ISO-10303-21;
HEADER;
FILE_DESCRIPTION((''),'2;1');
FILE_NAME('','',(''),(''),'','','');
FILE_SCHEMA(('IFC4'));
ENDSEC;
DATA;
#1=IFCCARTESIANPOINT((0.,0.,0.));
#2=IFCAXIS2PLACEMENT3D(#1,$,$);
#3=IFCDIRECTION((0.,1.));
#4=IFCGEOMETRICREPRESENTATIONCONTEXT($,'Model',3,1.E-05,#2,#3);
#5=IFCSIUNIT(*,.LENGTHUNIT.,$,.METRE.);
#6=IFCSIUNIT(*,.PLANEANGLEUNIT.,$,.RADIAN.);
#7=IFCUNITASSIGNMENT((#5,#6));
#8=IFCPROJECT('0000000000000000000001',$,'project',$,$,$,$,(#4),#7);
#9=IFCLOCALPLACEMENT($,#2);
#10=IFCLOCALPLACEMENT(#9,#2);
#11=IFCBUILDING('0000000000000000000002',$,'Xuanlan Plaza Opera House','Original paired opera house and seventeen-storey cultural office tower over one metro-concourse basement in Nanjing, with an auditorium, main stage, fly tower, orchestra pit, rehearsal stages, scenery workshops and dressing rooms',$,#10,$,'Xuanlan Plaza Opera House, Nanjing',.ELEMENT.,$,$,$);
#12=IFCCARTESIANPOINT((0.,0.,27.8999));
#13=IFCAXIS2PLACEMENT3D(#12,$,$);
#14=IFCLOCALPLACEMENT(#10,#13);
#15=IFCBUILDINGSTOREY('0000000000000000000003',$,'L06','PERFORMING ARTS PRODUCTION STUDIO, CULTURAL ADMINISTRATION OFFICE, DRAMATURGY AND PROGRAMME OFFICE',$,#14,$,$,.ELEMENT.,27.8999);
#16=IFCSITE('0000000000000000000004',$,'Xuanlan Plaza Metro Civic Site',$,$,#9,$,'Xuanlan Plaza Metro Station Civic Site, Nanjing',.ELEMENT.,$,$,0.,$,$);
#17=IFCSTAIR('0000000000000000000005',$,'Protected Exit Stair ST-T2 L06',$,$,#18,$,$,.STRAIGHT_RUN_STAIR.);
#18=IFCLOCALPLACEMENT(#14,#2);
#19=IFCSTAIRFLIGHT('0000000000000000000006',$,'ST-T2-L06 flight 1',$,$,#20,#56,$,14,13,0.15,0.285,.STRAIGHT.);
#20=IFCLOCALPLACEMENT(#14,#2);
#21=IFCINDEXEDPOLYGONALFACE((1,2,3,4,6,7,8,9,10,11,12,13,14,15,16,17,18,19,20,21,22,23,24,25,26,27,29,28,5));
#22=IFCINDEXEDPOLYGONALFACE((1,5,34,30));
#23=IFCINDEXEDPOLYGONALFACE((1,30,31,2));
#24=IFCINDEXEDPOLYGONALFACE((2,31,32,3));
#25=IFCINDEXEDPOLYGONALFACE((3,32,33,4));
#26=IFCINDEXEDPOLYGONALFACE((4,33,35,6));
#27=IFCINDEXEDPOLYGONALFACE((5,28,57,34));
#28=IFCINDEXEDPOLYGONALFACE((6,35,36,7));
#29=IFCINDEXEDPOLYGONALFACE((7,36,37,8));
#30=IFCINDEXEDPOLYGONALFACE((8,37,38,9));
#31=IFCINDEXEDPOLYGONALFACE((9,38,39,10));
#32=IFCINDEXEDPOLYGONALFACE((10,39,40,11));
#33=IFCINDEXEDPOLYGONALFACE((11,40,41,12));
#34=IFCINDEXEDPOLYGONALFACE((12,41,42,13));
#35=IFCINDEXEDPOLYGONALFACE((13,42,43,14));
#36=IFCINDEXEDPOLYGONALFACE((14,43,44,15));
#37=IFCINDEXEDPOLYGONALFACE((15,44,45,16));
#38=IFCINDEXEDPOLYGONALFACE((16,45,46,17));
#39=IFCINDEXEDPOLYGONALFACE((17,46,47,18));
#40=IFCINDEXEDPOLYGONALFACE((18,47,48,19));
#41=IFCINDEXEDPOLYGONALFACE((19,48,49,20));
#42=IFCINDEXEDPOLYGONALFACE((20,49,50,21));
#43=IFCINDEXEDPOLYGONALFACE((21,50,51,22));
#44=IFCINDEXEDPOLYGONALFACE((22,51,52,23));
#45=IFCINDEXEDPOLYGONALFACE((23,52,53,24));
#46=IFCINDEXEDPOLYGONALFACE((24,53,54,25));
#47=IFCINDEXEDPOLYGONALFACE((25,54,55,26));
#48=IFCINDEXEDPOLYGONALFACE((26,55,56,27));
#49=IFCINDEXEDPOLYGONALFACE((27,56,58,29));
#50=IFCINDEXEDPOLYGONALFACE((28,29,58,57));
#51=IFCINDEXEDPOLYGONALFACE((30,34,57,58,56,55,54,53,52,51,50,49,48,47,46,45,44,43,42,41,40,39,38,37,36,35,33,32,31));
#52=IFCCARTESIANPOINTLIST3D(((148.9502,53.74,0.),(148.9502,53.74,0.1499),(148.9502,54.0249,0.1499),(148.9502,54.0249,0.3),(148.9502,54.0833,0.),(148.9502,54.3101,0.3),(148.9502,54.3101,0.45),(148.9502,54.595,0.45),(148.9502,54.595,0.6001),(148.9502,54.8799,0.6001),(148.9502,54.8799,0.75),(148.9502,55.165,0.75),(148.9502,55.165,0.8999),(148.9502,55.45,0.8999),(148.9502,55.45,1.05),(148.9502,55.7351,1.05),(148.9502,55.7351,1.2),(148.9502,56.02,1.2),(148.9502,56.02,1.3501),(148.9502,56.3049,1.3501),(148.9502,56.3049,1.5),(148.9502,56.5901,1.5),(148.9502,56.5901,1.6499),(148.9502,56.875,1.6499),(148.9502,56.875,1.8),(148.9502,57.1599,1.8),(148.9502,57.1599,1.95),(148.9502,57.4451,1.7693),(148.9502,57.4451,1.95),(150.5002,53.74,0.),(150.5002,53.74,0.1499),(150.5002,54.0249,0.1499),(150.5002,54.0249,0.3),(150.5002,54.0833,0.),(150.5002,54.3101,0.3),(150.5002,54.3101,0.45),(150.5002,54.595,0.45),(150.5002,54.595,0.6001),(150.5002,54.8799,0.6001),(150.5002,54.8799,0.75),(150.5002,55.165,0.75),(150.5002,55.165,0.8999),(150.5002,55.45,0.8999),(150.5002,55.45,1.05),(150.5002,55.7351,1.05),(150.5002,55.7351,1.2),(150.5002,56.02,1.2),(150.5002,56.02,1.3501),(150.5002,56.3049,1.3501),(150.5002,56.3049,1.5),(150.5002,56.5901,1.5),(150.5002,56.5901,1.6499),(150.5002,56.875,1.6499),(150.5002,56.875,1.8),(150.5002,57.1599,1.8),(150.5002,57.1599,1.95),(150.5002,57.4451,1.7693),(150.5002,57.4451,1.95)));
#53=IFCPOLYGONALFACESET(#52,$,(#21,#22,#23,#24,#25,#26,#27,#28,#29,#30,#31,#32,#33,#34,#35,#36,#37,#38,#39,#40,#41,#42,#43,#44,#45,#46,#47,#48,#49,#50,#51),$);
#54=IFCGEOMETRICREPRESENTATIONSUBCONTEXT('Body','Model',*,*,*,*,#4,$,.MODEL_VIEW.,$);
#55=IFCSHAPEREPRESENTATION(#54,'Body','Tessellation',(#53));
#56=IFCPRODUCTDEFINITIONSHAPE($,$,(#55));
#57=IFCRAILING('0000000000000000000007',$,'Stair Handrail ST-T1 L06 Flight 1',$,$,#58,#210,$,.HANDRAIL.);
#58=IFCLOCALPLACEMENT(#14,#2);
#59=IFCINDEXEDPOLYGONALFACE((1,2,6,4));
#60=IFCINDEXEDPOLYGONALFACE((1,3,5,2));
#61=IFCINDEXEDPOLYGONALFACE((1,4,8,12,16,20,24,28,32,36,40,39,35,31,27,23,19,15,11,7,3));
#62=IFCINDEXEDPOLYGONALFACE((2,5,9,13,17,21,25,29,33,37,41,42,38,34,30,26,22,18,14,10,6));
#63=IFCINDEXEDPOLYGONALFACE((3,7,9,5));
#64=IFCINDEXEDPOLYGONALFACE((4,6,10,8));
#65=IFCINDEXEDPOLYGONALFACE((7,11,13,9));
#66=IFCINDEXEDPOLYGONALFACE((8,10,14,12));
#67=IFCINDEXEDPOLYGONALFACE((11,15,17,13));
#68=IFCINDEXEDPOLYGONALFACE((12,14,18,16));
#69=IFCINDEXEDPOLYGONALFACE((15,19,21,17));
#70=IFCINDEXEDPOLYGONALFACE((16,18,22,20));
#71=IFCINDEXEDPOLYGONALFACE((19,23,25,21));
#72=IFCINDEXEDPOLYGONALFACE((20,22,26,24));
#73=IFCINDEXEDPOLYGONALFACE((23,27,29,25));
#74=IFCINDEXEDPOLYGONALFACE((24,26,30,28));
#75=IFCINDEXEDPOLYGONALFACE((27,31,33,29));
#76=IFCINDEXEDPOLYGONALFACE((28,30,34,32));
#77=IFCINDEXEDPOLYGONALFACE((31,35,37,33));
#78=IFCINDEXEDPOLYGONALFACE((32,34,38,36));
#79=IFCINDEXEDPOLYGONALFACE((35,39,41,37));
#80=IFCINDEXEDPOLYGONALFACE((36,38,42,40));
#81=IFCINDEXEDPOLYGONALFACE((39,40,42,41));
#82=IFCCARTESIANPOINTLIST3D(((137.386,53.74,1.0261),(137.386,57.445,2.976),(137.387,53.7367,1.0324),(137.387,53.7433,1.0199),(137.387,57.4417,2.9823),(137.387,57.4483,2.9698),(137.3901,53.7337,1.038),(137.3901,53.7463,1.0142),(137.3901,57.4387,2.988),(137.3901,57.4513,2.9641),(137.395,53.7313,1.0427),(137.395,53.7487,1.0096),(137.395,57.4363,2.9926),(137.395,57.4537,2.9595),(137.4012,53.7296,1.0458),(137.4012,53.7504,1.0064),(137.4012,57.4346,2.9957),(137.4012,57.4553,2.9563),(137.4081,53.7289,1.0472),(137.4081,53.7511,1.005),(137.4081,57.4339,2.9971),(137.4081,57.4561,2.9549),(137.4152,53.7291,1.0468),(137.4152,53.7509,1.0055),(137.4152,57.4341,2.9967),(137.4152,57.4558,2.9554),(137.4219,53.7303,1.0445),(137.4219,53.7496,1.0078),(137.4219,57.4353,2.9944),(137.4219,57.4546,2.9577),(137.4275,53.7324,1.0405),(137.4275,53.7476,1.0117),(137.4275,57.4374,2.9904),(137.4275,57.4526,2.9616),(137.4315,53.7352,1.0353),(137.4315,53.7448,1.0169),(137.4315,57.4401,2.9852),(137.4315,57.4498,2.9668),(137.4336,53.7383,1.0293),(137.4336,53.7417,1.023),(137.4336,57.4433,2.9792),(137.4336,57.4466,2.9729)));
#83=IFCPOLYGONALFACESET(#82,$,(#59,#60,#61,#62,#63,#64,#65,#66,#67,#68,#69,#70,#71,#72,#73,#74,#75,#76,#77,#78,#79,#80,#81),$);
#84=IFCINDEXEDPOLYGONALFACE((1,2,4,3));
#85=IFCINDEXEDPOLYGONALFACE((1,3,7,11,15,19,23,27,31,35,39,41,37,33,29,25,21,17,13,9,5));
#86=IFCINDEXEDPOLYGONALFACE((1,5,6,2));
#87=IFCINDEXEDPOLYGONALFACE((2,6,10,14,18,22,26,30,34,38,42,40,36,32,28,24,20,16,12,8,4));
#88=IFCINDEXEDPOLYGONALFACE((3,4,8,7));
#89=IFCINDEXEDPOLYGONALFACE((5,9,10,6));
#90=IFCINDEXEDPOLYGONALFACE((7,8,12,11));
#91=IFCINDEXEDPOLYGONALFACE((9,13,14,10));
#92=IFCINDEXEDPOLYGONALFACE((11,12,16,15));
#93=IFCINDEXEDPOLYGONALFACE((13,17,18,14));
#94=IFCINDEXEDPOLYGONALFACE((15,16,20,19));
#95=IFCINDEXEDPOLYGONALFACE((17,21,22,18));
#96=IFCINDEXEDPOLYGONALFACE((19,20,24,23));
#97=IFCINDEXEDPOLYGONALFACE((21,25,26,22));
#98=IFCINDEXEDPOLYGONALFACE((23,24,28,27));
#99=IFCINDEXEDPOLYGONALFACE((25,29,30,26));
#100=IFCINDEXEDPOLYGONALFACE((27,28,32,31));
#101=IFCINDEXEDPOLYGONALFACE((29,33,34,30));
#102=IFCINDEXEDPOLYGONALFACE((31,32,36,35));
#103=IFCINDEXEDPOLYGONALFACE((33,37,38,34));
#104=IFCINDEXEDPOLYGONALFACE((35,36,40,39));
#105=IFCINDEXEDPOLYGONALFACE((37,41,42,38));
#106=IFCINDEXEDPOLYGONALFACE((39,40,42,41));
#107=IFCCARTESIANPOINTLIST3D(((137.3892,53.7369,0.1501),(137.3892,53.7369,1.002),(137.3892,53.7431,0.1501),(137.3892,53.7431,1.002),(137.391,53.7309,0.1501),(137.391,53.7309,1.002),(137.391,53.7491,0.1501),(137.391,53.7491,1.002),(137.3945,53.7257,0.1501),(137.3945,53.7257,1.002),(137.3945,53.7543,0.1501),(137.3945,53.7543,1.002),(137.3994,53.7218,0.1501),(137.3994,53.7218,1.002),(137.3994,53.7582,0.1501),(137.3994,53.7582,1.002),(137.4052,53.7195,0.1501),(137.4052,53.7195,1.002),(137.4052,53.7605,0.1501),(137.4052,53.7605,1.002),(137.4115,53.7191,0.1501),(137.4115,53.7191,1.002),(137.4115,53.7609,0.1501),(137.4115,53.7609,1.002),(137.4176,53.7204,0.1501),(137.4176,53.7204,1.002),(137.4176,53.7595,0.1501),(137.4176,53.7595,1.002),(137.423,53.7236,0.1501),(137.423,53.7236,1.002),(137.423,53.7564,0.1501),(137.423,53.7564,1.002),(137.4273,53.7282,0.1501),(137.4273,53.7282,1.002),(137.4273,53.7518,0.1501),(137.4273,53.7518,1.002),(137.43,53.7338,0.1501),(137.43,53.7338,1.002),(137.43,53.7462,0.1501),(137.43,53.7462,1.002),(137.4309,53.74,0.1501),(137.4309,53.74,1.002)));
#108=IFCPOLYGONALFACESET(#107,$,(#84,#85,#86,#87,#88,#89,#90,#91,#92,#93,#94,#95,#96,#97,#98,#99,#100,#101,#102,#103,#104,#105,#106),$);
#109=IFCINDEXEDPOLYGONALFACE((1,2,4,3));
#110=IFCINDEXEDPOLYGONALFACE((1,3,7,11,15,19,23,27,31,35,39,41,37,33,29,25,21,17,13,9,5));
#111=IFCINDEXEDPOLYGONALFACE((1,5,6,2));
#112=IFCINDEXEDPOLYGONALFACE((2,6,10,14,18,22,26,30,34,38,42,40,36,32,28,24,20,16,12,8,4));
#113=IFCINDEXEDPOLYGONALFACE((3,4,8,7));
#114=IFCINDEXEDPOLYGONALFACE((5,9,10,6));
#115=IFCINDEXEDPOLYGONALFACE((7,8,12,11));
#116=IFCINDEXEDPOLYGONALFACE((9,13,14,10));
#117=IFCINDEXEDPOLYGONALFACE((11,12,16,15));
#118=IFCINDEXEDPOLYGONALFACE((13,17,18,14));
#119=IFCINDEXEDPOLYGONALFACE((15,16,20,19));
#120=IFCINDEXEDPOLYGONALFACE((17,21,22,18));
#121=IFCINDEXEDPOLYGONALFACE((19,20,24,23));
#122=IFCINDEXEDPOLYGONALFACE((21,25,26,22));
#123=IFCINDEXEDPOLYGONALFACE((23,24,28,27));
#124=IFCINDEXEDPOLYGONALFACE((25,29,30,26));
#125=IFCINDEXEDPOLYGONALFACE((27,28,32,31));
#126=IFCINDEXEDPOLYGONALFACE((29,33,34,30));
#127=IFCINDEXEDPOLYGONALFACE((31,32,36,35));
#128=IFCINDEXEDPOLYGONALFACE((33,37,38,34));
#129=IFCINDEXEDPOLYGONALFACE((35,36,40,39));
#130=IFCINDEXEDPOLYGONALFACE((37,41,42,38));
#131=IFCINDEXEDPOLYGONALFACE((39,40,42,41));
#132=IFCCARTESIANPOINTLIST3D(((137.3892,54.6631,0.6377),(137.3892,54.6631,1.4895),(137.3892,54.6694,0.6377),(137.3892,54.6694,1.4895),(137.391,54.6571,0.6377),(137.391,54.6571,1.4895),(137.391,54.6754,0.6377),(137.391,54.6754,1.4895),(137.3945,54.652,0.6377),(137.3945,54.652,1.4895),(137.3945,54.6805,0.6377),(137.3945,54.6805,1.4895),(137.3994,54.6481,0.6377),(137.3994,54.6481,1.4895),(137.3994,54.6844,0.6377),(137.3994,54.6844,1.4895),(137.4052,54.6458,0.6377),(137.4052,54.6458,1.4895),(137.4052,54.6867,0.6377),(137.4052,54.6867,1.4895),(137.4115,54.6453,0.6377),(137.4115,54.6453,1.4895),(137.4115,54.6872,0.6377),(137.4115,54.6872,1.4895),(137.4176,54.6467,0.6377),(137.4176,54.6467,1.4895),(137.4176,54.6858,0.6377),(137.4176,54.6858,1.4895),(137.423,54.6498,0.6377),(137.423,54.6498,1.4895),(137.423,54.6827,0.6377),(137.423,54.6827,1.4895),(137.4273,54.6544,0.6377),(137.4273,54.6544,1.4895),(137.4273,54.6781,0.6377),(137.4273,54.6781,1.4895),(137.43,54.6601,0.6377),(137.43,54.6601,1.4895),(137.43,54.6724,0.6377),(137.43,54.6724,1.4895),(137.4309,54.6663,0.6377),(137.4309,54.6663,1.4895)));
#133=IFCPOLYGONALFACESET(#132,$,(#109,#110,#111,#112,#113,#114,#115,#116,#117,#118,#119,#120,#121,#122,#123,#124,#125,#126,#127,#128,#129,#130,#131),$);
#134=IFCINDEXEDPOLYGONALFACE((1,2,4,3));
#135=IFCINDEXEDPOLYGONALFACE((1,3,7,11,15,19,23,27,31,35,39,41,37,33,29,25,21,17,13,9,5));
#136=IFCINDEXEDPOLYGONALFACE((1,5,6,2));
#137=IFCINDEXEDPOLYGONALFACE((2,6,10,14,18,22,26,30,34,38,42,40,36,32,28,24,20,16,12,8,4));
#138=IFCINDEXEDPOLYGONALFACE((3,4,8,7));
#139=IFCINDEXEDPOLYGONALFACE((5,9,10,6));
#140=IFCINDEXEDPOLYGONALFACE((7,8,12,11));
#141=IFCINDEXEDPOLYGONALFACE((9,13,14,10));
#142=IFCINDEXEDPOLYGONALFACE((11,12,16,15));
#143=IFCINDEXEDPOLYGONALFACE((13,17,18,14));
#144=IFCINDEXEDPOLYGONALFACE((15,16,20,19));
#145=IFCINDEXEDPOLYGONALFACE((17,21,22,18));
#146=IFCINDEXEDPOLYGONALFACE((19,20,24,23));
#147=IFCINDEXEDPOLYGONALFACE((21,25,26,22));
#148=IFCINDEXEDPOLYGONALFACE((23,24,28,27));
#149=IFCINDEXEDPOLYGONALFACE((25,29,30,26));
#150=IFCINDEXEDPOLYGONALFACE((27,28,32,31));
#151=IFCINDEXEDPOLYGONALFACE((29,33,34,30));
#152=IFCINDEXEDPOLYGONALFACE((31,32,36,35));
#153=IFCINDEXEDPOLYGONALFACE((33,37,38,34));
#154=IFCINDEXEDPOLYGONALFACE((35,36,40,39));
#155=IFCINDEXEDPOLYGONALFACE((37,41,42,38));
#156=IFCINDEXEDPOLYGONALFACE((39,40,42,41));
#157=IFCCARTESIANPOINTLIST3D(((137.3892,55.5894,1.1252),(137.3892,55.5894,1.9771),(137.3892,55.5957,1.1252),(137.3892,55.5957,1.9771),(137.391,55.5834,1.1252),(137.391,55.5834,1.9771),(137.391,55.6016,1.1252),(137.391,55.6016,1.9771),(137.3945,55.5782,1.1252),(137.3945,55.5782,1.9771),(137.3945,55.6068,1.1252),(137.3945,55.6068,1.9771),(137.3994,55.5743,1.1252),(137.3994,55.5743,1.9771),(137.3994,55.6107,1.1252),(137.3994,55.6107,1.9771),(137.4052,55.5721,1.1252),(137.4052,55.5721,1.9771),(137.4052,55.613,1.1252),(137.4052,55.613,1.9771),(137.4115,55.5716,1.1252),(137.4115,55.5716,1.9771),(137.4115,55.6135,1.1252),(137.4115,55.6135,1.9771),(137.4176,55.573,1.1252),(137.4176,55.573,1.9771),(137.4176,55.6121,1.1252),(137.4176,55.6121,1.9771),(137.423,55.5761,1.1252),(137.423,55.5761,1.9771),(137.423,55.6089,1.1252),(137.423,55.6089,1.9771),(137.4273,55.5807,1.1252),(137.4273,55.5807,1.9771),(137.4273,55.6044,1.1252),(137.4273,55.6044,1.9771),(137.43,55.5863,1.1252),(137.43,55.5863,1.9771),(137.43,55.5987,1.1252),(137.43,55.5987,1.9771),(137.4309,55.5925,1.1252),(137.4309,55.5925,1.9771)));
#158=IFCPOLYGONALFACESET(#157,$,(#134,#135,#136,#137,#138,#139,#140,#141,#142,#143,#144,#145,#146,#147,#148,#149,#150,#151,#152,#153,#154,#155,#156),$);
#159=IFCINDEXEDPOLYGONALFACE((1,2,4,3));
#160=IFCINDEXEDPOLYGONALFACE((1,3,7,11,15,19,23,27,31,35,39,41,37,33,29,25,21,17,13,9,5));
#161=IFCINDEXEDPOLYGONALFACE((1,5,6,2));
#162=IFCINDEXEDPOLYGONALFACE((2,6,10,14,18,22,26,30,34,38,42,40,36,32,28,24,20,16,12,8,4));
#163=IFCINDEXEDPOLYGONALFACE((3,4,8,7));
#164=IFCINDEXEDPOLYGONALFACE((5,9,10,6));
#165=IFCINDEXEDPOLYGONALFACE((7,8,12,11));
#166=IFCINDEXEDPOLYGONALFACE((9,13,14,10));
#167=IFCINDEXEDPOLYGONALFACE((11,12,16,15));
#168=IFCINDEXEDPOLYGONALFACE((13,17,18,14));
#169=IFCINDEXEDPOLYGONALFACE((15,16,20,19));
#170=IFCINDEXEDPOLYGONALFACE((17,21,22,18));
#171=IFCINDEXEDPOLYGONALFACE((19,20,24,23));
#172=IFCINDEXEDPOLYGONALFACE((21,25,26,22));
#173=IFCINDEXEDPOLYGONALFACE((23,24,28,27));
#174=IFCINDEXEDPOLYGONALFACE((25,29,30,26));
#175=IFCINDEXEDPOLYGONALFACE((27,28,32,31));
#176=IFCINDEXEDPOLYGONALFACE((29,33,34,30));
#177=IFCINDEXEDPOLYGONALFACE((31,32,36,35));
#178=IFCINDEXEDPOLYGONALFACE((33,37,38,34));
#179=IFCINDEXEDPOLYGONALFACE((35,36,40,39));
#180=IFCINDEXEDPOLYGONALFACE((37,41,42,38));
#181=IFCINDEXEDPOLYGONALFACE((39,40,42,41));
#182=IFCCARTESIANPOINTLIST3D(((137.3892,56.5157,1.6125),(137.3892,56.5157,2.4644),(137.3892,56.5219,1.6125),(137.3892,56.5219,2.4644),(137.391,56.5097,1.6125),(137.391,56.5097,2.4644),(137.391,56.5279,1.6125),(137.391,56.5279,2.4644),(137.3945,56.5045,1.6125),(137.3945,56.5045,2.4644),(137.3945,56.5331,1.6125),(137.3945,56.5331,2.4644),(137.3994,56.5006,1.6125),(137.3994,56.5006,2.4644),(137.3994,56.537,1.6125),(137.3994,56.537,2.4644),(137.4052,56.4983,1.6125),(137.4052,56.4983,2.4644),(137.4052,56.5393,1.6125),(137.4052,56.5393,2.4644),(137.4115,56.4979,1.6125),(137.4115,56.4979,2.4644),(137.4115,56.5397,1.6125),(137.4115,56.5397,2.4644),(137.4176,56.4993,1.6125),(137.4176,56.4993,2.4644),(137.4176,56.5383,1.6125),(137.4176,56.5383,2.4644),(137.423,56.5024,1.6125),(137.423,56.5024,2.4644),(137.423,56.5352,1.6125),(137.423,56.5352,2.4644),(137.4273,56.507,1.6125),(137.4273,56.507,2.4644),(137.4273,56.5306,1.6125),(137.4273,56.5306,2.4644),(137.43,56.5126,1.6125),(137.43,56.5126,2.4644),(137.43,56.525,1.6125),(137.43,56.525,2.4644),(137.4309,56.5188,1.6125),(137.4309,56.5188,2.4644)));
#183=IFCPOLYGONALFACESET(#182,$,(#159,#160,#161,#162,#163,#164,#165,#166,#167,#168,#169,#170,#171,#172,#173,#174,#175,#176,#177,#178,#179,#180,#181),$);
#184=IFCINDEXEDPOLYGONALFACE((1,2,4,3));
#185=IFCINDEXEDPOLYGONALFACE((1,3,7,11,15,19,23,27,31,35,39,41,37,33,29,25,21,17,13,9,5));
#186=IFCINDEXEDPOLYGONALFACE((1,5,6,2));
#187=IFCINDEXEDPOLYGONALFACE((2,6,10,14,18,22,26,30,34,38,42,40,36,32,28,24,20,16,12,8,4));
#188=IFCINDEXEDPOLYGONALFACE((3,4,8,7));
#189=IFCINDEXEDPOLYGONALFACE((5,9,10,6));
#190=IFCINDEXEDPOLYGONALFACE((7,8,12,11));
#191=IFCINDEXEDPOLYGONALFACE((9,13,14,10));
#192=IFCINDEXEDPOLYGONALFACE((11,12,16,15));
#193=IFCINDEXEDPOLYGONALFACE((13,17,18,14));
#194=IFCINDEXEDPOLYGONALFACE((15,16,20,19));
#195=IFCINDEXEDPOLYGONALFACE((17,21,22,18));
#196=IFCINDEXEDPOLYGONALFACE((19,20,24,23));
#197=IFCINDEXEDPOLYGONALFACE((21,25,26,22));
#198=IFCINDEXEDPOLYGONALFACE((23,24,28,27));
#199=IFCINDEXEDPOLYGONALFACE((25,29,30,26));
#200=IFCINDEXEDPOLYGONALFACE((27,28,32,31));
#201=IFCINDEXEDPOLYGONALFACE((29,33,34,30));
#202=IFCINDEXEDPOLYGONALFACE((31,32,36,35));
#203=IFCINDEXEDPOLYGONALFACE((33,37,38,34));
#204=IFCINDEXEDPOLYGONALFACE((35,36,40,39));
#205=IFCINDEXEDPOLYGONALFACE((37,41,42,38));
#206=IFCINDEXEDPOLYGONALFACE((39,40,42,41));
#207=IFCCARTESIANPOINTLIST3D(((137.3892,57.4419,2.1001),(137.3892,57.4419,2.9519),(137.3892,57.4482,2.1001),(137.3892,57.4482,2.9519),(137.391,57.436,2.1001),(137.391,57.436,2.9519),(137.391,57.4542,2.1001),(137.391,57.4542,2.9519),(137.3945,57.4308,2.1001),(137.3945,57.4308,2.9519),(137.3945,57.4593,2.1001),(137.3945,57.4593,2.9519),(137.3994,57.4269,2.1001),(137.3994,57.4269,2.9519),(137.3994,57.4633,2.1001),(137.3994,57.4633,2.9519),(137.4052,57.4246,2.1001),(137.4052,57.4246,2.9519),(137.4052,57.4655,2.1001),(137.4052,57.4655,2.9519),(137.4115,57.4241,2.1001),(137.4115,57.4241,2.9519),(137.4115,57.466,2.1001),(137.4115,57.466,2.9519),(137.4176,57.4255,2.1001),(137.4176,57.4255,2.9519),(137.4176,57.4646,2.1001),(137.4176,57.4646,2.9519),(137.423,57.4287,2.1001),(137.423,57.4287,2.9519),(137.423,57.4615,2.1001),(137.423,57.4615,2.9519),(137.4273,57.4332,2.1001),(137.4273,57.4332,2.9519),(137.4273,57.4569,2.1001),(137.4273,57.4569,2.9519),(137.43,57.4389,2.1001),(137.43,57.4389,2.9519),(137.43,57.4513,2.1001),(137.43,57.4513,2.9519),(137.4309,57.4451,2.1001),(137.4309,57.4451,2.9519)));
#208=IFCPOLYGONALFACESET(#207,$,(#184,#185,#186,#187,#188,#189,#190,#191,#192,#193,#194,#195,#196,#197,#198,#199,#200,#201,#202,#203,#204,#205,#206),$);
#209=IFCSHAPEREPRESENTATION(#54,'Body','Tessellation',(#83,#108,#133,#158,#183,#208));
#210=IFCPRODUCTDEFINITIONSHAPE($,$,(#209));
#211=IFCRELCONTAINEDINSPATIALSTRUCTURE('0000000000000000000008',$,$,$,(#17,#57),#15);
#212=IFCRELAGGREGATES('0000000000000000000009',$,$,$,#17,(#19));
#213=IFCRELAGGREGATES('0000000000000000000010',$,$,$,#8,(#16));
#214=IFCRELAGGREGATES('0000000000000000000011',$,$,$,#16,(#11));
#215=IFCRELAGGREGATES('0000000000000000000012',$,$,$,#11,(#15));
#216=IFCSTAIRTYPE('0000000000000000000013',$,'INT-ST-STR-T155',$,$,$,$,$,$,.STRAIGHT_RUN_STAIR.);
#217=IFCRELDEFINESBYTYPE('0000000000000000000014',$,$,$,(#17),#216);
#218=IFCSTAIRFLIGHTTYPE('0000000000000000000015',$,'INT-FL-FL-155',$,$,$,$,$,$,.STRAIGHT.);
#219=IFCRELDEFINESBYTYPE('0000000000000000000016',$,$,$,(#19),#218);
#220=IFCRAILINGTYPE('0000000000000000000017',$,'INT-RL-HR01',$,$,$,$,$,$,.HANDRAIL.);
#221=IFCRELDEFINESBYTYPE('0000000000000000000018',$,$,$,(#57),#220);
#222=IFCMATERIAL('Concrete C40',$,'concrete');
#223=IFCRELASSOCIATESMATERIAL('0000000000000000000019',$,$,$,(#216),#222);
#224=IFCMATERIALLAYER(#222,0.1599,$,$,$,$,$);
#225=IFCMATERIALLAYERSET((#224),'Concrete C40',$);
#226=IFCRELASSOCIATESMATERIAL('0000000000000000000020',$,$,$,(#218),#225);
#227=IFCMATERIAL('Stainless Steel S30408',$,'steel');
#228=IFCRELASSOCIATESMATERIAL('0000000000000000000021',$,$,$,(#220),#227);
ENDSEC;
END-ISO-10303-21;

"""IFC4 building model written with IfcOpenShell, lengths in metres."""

from ifc_helpers import new_model, si_unit, direction, frame, origin, origin_2d, place, context, subcontext, project, spatial, polyline, circle, outline, extrude, material, layer, layer_set, type_object, element, aggregate, save


model = new_model("IFC4")

# Units and contexts
model_context = context("Model", 3, precision=1e-05, world=origin(), true_north=direction((0.0, 1.0)))
body_context = subcontext(model_context, "Body", "Model", "MODEL_VIEW")
ifc_project = project(units=[si_unit("LENGTHUNIT", "METRE"), si_unit("PLANEANGLEUNIT", "RADIAN")], contexts=[model_context])

# Site, building, storey
site_placement = place(None, origin())
site = spatial("IfcSite", under=ifc_project, at=site_placement, Name="Xuanlan Plaza Metro Civic Site", LongName="Xuanlan Plaza Metro Station Civic Site, Nanjing", CompositionType="ELEMENT", RefElevation=0.0)
building_placement = place(site_placement, origin())
building = spatial("IfcBuilding", under=site, at=building_placement, Name="Xuanlan Plaza Opera House", Description="Original paired opera house and seventeen-storey cultural office tower over one metro-concourse basement in Nanjing, with an auditorium, main stage, fly tower, orchestra pit, rehearsal stages, scenery workshops and dressing rooms", LongName="Xuanlan Plaza Opera House, Nanjing", CompositionType="ELEMENT")
storey_placement = place(building_placement, frame((0.0, 0.0, 27.8999)))
storey = spatial("IfcBuildingStorey", under=building, at=storey_placement, Name="L06", Description="PERFORMING ARTS PRODUCTION STUDIO, CULTURAL ADMINISTRATION OFFICE, DRAMATURGY AND PROGRAMME OFFICE", CompositionType="ELEMENT", Elevation=27.8999)

# Shared definitions
ifc_material_1 = material(Name="Concrete C40", Category="concrete")

# Shared definitions
ifc_material_2 = material(Name="Stainless Steel S30408", Category="steel")

# Stair, stair flight
stair_type = type_object("IfcStairType", Name="INT-ST-STR-T155", PredefinedType="STRAIGHT_RUN_STAIR", material=ifc_material_1)
ifc_layer_1 = layer(ifc_material_1, 0.1599)
ifc_layer_set_1 = layer_set([ifc_layer_1], Name="Concrete C40")
stair_flight_type = type_object("IfcStairFlightType", Name="INT-FL-FL-155", PredefinedType="STRAIGHT", material=ifc_layer_set_1)
stair_1_placement = place(storey_placement, origin())
stair_1 = element("IfcStair", 1, at=stair_1_placement, inside=storey, type_object=stair_type, Name="Protected Exit Stair ST-T2 L06", PredefinedType="STRAIGHT_RUN_STAIR")
stair_flight_1_placement = place(storey_placement, frame((149.7251, 53.74, 0.0), z_axis=(0.0, 0.0, 1.0), x_axis=(0.0, 1.0, 0.0)))
stair_flight_1 = element("IfcStairFlight", 2, at=stair_flight_1_placement, type_object=stair_flight_type, Name="ST-T2-L06 flight 1", NumberOfRisers=14, NumberOfTreads=13, PredefinedType="STRAIGHT", RiserHeight=0.15, TreadLength=0.285, context=body_context, shape_type="SweptSolid", body=[
    extrude(outline(polyline([(0.0, 0.0), (0.0, 0.1499), (0.2849, 0.1499), (0.2849, 0.3), (0.5701, 0.3), (0.5701, 0.45), (0.855, 0.45), (0.855, 0.6001), (1.1399, 0.6001), (1.1399, 0.75), (1.425, 0.75), (1.425, 0.8999), (1.71, 0.8999), (1.71, 1.05), (1.9951, 1.05), (1.9951, 1.2), (2.28, 1.2), (2.28, 1.3501), (2.5649, 1.3501), (2.5649, 1.5), (2.8501, 1.5), (2.8501, 1.6499), (3.135, 1.6499), (3.135, 1.8), (3.4199, 1.8), (3.4199, 1.95), (3.7051, 1.95), (3.7051, 2.1001), (3.7051, 1.7693), (0.3433, 0.0), (0.0, 0.0)])), frame((0.0, 0.7749, 0.0), z_axis=(0.0, -1.0, 0.0), x_axis=(1.0, 0.0, 0.0)), (0.0, 0.0, 1.0), 1.55),
])
aggregate(stair_1, [stair_flight_1])

# Railing
railing_type = type_object("IfcRailingType", Name="INT-RL-HR01", PredefinedType="HANDRAIL", material=ifc_material_2)
for number, where, name in (
    (3, (137.4099, 53.74, 0.1501), "Stair Handrail ST-T1 L06 Flight 1"),
):
    element("IfcRailing", number, at=place(storey_placement, frame(where)), inside=storey, type_object=railing_type, Name=name, PredefinedType="HANDRAIL", context=body_context, shape_type="SweptSolid", body=[
        extrude(circle(Radius=0.0239, at=origin_2d()), frame((0.0, 0.0, 0.876), z_axis=(0.0, 0.884927, 0.46573), x_axis=(-1.0, 0.0, 0.0)), (0.0, 0.0, 1.0), 4.1868),
        extrude(circle(Radius=0.021, at=origin_2d()), origin(), (0.0, 0.0, 1.0), 0.8518),
        extrude(circle(Radius=0.021, at=origin_2d()), frame((0.0, 0.9263, 0.4875)), (0.0, 0.0, 1.0), 0.8518),
        extrude(circle(Radius=0.021, at=origin_2d()), frame((0.0, 1.8525, 0.9751)), (0.0, 0.0, 1.0), 0.8518),
        extrude(circle(Radius=0.021, at=origin_2d()), frame((0.0, 2.7788, 1.4624)), (0.0, 0.0, 1.0), 0.8518),
        extrude(circle(Radius=0.021, at=origin_2d()), frame((0.0, 3.7051, 1.95)), (0.0, 0.0, 1.0), 0.8518),
    ])

save(model, "model.ifc")
